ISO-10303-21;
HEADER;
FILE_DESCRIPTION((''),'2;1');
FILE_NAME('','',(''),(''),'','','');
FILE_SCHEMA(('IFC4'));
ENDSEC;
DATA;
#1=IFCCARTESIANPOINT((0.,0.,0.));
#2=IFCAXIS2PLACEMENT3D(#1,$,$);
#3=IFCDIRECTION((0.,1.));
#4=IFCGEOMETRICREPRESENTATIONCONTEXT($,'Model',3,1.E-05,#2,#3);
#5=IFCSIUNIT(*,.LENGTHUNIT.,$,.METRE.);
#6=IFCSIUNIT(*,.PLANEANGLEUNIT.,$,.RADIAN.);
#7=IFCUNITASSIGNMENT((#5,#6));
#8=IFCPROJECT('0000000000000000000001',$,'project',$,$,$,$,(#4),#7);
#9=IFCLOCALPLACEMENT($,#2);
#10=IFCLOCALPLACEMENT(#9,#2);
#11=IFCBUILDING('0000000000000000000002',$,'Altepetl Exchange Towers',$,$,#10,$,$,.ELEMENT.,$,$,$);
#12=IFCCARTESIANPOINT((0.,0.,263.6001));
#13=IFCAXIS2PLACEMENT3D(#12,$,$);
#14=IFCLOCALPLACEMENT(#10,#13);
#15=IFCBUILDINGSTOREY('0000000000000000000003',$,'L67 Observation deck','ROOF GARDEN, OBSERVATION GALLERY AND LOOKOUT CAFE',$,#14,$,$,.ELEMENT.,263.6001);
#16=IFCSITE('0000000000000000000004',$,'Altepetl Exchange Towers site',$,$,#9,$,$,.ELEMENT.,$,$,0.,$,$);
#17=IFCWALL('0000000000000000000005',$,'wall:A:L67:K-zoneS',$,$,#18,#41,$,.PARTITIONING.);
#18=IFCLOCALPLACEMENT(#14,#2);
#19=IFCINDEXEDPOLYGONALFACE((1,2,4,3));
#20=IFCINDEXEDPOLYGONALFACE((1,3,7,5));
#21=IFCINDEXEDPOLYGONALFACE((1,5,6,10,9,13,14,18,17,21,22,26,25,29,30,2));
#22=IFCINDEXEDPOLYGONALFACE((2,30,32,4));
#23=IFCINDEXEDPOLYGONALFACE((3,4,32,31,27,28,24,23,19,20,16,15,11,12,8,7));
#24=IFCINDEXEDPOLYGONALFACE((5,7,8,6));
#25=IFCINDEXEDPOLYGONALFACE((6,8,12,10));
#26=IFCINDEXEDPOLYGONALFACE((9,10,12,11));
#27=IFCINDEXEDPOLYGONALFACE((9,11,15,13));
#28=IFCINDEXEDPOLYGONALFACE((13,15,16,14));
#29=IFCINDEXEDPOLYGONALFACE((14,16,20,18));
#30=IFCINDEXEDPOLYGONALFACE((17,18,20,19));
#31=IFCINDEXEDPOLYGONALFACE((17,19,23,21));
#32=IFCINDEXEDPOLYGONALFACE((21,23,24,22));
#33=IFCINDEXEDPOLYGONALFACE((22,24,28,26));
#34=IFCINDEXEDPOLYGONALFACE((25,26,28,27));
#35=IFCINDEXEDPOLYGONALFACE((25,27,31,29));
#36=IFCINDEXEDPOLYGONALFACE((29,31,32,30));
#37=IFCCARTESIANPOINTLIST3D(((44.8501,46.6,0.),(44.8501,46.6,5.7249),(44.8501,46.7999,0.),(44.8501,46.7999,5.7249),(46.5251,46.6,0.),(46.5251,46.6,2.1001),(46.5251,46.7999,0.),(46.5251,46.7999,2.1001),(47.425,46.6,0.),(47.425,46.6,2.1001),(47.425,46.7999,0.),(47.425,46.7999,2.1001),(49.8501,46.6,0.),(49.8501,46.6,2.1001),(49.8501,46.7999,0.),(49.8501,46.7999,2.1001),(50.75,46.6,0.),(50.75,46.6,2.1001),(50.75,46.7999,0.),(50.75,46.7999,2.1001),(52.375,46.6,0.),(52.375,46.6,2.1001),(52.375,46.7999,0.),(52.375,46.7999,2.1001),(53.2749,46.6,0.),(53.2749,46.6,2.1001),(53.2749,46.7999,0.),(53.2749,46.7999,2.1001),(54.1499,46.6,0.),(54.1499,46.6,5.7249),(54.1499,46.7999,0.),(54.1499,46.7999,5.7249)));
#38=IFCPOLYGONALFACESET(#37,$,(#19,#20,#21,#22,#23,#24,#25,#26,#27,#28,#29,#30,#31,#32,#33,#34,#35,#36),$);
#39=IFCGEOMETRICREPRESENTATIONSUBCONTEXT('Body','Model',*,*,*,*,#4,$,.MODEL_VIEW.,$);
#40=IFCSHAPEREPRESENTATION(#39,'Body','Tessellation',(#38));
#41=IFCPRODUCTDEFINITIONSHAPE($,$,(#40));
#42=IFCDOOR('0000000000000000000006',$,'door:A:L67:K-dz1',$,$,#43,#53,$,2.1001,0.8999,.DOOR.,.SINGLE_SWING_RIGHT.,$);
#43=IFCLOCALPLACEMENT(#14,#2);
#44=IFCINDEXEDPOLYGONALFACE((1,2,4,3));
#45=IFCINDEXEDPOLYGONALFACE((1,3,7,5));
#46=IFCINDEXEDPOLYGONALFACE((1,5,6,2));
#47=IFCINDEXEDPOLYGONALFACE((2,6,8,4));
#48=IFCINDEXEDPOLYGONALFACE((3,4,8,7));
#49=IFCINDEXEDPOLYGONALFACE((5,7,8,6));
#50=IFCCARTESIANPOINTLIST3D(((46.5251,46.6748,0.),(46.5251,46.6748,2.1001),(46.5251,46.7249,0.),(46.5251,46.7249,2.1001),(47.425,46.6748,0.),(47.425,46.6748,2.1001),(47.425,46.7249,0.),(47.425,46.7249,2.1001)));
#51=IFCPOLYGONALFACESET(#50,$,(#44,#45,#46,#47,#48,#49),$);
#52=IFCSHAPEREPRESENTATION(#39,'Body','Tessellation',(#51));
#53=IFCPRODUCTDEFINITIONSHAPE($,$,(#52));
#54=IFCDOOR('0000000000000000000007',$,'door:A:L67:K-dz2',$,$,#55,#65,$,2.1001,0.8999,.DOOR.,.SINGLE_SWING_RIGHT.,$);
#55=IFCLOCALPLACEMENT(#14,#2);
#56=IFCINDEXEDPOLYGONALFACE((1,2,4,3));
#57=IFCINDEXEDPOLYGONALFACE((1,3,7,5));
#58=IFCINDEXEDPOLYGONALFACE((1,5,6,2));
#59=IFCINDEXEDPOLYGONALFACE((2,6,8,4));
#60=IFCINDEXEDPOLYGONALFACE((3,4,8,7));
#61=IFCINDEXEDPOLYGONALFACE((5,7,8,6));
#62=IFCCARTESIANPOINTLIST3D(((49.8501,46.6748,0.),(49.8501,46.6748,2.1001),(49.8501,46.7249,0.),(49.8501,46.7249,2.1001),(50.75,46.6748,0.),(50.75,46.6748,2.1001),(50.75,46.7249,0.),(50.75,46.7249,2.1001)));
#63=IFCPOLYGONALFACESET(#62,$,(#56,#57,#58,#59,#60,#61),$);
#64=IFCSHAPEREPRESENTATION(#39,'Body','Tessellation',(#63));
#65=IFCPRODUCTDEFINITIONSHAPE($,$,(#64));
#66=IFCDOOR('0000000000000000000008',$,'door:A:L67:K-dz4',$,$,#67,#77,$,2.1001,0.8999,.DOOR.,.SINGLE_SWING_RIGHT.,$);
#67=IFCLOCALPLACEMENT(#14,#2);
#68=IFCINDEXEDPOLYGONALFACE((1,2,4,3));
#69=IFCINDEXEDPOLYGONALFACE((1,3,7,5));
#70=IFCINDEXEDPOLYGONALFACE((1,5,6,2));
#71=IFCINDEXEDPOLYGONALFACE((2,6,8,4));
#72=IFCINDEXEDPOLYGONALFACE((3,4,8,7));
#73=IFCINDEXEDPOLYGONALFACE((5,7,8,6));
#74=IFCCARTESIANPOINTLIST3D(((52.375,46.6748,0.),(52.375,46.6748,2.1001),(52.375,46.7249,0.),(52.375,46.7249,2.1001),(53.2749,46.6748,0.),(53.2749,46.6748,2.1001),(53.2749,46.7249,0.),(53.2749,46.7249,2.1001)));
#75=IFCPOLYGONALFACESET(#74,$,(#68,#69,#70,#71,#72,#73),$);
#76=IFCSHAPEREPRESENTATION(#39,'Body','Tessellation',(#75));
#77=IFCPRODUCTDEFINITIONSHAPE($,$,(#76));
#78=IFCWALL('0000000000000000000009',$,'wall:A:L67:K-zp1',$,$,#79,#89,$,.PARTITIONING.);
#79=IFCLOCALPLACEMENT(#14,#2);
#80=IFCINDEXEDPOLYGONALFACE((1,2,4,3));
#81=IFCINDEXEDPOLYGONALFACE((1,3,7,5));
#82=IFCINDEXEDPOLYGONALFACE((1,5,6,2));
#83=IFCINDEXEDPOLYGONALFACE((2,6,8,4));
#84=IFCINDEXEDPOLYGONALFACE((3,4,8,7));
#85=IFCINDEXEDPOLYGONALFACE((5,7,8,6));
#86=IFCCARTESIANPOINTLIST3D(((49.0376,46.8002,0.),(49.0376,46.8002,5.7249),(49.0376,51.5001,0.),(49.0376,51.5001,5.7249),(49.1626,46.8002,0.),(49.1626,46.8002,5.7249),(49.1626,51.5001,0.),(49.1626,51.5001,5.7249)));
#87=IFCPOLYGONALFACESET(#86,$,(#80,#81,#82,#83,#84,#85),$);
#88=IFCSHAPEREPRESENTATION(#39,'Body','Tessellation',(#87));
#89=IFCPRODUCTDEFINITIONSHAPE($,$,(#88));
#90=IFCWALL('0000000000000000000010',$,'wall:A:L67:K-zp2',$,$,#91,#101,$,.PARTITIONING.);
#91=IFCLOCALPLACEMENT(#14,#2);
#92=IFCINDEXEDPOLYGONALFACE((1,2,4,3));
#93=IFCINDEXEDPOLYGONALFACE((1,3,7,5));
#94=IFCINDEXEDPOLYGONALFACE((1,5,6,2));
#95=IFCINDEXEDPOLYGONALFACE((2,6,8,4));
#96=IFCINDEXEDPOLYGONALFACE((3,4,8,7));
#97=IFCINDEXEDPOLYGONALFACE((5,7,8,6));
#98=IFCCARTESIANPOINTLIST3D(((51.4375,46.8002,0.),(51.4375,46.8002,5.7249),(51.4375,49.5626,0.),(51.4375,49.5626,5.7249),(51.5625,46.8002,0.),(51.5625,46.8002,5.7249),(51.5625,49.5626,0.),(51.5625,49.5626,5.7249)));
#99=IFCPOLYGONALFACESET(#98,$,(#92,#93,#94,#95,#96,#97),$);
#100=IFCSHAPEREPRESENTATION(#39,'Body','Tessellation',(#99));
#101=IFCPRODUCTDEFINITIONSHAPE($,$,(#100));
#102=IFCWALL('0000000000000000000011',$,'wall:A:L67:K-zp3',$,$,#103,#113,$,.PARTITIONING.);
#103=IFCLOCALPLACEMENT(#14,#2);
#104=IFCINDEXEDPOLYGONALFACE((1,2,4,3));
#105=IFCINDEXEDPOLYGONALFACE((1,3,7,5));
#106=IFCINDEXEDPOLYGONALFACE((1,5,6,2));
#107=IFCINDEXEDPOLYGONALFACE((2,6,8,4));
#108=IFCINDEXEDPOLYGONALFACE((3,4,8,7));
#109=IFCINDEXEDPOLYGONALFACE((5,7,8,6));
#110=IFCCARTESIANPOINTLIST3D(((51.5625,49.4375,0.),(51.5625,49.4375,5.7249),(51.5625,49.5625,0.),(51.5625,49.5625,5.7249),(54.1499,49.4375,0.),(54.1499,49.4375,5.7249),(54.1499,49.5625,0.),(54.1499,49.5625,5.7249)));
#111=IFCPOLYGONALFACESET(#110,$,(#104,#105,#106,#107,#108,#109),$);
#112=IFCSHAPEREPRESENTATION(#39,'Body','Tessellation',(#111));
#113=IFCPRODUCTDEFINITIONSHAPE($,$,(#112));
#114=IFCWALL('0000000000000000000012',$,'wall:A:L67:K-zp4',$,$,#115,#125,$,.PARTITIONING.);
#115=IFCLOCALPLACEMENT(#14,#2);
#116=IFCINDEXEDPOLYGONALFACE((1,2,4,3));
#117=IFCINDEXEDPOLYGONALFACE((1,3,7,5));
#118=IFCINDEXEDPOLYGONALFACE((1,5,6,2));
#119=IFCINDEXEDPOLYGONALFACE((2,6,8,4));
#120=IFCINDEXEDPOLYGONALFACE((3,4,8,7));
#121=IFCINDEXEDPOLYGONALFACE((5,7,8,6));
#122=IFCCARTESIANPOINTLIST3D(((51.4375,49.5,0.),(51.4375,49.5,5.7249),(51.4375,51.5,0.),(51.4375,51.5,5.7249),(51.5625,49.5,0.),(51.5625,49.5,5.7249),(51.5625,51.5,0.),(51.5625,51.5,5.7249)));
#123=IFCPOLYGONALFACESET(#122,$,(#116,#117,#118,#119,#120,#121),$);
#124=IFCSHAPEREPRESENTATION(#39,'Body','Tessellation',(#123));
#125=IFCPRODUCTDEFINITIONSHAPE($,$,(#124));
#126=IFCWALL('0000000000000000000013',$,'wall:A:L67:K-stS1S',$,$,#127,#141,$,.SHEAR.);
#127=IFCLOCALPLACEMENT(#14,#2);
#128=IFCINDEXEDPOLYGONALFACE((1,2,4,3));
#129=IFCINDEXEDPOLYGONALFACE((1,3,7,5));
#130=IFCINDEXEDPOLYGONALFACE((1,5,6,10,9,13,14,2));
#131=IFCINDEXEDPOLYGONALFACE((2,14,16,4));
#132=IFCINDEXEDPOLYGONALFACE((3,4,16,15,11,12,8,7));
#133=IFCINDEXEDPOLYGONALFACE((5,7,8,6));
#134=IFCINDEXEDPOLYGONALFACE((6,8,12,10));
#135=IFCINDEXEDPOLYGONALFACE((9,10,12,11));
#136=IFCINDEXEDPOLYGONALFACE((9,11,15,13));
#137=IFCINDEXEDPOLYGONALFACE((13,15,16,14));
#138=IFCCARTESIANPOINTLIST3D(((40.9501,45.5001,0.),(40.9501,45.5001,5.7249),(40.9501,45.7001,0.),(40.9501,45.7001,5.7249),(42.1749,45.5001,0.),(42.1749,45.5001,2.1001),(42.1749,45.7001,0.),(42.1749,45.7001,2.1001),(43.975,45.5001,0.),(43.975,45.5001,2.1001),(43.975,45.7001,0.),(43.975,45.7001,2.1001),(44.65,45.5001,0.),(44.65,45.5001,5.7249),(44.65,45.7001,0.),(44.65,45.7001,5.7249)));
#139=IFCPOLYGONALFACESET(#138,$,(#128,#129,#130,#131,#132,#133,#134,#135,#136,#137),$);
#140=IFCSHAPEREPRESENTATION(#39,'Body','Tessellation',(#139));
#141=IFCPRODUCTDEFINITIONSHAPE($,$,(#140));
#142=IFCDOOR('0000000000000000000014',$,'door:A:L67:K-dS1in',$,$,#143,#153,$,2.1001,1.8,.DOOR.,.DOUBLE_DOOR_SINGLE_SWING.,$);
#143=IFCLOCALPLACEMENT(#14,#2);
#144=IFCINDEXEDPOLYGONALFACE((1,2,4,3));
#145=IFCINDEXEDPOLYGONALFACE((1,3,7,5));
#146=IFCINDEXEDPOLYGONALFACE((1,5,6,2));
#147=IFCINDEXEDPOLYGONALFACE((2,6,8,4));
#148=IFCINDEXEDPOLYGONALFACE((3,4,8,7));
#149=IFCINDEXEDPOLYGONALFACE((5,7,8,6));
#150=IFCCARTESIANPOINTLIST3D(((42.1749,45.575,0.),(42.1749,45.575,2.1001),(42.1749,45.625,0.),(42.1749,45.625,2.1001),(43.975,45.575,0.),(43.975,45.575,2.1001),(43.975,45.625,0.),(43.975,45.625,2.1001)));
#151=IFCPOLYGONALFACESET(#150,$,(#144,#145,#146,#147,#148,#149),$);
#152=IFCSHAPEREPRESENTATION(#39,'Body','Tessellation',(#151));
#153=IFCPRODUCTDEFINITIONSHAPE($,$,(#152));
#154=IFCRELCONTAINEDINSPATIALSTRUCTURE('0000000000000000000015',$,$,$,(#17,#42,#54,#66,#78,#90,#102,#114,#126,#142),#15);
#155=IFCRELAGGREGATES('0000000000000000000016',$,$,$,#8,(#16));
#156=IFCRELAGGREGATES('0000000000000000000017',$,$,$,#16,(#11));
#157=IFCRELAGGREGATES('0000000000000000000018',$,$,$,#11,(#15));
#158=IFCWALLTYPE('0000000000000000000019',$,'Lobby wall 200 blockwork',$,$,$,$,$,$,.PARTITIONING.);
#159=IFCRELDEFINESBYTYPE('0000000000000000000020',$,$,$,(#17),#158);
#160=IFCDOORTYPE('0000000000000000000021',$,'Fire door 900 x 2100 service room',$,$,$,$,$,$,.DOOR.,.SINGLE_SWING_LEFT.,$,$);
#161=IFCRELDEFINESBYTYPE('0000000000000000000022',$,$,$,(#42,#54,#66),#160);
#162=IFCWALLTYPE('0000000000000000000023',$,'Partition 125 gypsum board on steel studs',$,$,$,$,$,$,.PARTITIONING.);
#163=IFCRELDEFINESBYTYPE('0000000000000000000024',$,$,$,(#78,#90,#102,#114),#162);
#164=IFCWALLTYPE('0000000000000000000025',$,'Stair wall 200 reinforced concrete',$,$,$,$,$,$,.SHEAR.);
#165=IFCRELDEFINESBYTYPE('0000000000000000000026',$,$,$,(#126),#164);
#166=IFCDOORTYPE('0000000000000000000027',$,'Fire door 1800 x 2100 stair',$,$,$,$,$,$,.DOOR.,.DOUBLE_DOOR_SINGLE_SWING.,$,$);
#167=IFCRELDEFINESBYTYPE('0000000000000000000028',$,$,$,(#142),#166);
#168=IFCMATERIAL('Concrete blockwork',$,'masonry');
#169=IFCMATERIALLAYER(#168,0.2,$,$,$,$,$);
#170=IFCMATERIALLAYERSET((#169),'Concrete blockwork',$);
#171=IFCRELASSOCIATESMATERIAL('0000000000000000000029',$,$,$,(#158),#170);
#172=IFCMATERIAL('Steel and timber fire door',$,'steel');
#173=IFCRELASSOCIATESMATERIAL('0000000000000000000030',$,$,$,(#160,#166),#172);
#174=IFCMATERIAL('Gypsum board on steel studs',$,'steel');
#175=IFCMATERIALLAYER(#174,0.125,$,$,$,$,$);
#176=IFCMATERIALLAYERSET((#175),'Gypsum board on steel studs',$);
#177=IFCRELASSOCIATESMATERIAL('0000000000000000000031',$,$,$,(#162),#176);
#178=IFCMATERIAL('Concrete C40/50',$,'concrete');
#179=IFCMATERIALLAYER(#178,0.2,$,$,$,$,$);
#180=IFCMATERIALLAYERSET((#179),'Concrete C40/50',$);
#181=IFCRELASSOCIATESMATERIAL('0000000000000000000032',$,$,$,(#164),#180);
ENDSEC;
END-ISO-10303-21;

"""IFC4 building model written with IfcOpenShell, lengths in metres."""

from ifc_helpers import new_model, si_unit, direction, frame, frame_2d, origin, place, context, subcontext, project, spatial, rectangle, extrude, material, layer, layer_set, type_object, element, fill, save


model = new_model("IFC4")

# Units and contexts
model_context = context("Model", 3, precision=1e-05, world=origin(), true_north=direction((0.0, 1.0)))
body_context = subcontext(model_context, "Body", "Model", "MODEL_VIEW")
ifc_project = project(units=[si_unit("LENGTHUNIT", "METRE"), si_unit("PLANEANGLEUNIT", "RADIAN")], contexts=[model_context])

# Site, building, storey
site_placement = place(None, origin())
site = spatial("IfcSite", under=ifc_project, at=site_placement, Name="Altepetl Exchange Towers site", CompositionType="ELEMENT", RefElevation=0.0)
building_placement = place(site_placement, origin())
building = spatial("IfcBuilding", under=site, at=building_placement, Name="Altepetl Exchange Towers", CompositionType="ELEMENT")
storey_placement = place(building_placement, frame((0.0, 0.0, 263.6001)))
storey = spatial("IfcBuildingStorey", under=building, at=storey_placement, Name="L67 Observation deck", Description="ROOF GARDEN, OBSERVATION GALLERY AND LOOKOUT CAFE", CompositionType="ELEMENT", Elevation=263.6001)

# Wall, openings, doors
ifc_material_1 = material(Name="Concrete blockwork", Category="masonry")
ifc_layer_1 = layer(ifc_material_1, 0.2)
ifc_layer_set_1 = layer_set([ifc_layer_1], Name="Concrete blockwork")
wall_type_1 = type_object("IfcWallType", Name="Lobby wall 200 blockwork", PredefinedType="PARTITIONING", material=ifc_layer_set_1)
wall_1_placement = place(storey_placement, frame((44.8501, 46.7, 0.0)))
wall_1 = element("IfcWall", 1, at=wall_1_placement, inside=storey, type_object=wall_type_1, Name="wall:A:L67:K-zoneS", PredefinedType="PARTITIONING", context=body_context, shape_type="SweptSolid", body=[
    extrude(rectangle(XDim=9.2998, YDim=0.2, at=frame_2d((4.6499, 0.0))), origin(), (0.0, 0.0, 1.0), 5.7249),
])
opening_1_placement = place(wall_1_placement, frame((1.675, 0.0, 0.0)))
opening_1 = element("IfcOpeningElement", 2, at=opening_1_placement, cuts=wall_1, PredefinedType="OPENING", context=body_context, shape_type="SweptSolid", body=[
    extrude(rectangle(XDim=0.8999, YDim=2.1001, at=frame_2d((0.45, 1.05))), frame((0.0, 0.1099, 0.0), z_axis=(0.0, -1.0, 0.0), x_axis=(1.0, 0.0, 0.0)), (0.0, 0.0, 1.0), 0.22),
])
opening_2_placement = place(wall_1_placement, frame((5.0, 0.0, 0.0)))
opening_2 = element("IfcOpeningElement", 3, at=opening_2_placement, cuts=wall_1, PredefinedType="OPENING", context=body_context, shape_type="SweptSolid", body=[
    extrude(rectangle(XDim=0.8999, YDim=2.1001, at=frame_2d((0.45, 1.05))), frame((0.0, 0.1099, 0.0), z_axis=(0.0, -1.0, 0.0), x_axis=(1.0, 0.0, 0.0)), (0.0, 0.0, 1.0), 0.22),
])
opening_3_placement = place(wall_1_placement, frame((7.5249, 0.0, 0.0)))
opening_3 = element("IfcOpeningElement", 4, at=opening_3_placement, cuts=wall_1, PredefinedType="OPENING", context=body_context, shape_type="SweptSolid", body=[
    extrude(rectangle(XDim=0.8999, YDim=2.1001, at=frame_2d((0.45, 1.05))), frame((0.0, 0.1099, 0.0), z_axis=(0.0, -1.0, 0.0), x_axis=(1.0, 0.0, 0.0)), (0.0, 0.0, 1.0), 0.22),
])
ifc_material_2 = material(Name="Steel and timber fire door", Category="steel")
door_type_1 = type_object("IfcDoorType", Name="Fire door 900 x 2100 service room", OperationType="SINGLE_SWING_LEFT", PredefinedType="DOOR", material=ifc_material_2)
door_1_placement = place(opening_1_placement, origin())
door_1 = element("IfcDoor", 5, at=door_1_placement, inside=storey, type_object=door_type_1, Name="door:A:L67:K-dz1", OperationType="SINGLE_SWING_RIGHT", OverallHeight=2.1001, OverallWidth=0.8999, PredefinedType="DOOR", context=body_context, shape_type="SweptSolid", body=[
    extrude(rectangle(XDim=0.8999, YDim=2.1001, at=frame_2d((0.45, 1.05))), frame((0.0, 0.0249, 0.0), z_axis=(0.0, -1.0, 0.0), x_axis=(1.0, 0.0, 0.0)), (0.0, 0.0, 1.0), 0.05),
])
fill(opening_1, door_1)
door_2_placement = place(opening_2_placement, origin())
door_2 = element("IfcDoor", 6, at=door_2_placement, inside=storey, type_object=door_type_1, Name="door:A:L67:K-dz2", OperationType="SINGLE_SWING_RIGHT", OverallHeight=2.1001, OverallWidth=0.8999, PredefinedType="DOOR", context=body_context, shape_type="SweptSolid", body=[
    extrude(rectangle(XDim=0.8999, YDim=2.1001, at=frame_2d((0.45, 1.05))), frame((0.0, 0.0249, 0.0), z_axis=(0.0, -1.0, 0.0), x_axis=(1.0, 0.0, 0.0)), (0.0, 0.0, 1.0), 0.05),
])
fill(opening_2, door_2)
door_3_placement = place(opening_3_placement, origin())
door_3 = element("IfcDoor", 7, at=door_3_placement, inside=storey, type_object=door_type_1, Name="door:A:L67:K-dz4", OperationType="SINGLE_SWING_RIGHT", OverallHeight=2.1001, OverallWidth=0.8999, PredefinedType="DOOR", context=body_context, shape_type="SweptSolid", body=[
    extrude(rectangle(XDim=0.8999, YDim=2.1001, at=frame_2d((0.45, 1.05))), frame((0.0, 0.0249, 0.0), z_axis=(0.0, -1.0, 0.0), x_axis=(1.0, 0.0, 0.0)), (0.0, 0.0, 1.0), 0.05),
])
fill(opening_3, door_3)

# Walls
ifc_material_3 = material(Name="Gypsum board on steel studs", Category="steel")
ifc_layer_2 = layer(ifc_material_3, 0.125)
ifc_layer_set_2 = layer_set([ifc_layer_2], Name="Gypsum board on steel studs")
wall_type_2 = type_object("IfcWallType", Name="Partition 125 gypsum board on steel studs", PredefinedType="PARTITIONING", material=ifc_layer_set_2)
wall_2_placement = place(storey_placement, frame((49.1001, 46.8, 0.0), z_axis=(0.0, 0.0, 1.0), x_axis=(0.0, 1.0, 0.0)))
element("IfcWall", 8, at=wall_2_placement, inside=storey, type_object=wall_type_2, Name="wall:A:L67:K-zp1", PredefinedType="PARTITIONING", context=body_context, shape_type="SweptSolid", body=[
    extrude(rectangle(XDim=4.7, YDim=0.125, at=frame_2d((2.3501, 0.0))), origin(), (0.0, 0.0, 1.0), 5.7249),
])
wall_3_placement = place(storey_placement, frame((51.5, 46.8, 0.0), z_axis=(0.0, 0.0, 1.0), x_axis=(0.0, 1.0, 0.0)))
element("IfcWall", 9, at=wall_3_placement, inside=storey, type_object=wall_type_2, Name="wall:A:L67:K-zp2", PredefinedType="PARTITIONING", context=body_context, shape_type="SweptSolid", body=[
    extrude(rectangle(XDim=2.7625, YDim=0.125, at=frame_2d((1.3813, 0.0))), origin(), (0.0, 0.0, 1.0), 5.7249),
])
wall_4_placement = place(storey_placement, frame((51.5625, 49.5, 0.0)))
element("IfcWall", 10, at=wall_4_placement, inside=storey, type_object=wall_type_2, Name="wall:A:L67:K-zp3", PredefinedType="PARTITIONING", context=body_context, shape_type="SweptSolid", body=[
    extrude(rectangle(XDim=2.5874, YDim=0.125, at=frame_2d((1.2937, 0.0))), origin(), (0.0, 0.0, 1.0), 5.7249),
])
wall_5_placement = place(storey_placement, frame((51.5, 49.5, 0.0), z_axis=(0.0, 0.0, 1.0), x_axis=(0.0, 1.0, 0.0)))
element("IfcWall", 11, at=wall_5_placement, inside=storey, type_object=wall_type_2, Name="wall:A:L67:K-zp4", PredefinedType="PARTITIONING", context=body_context, shape_type="SweptSolid", body=[
    extrude(rectangle(XDim=2.0, YDim=0.125, at=frame_2d((1.0, 0.0))), origin(), (0.0, 0.0, 1.0), 5.7249),
])

# Wall, opening, door
ifc_material_4 = material(Name="Concrete C40/50", Category="concrete")
ifc_layer_3 = layer(ifc_material_4, 0.2)
ifc_layer_set_3 = layer_set([ifc_layer_3], Name="Concrete C40/50")
wall_type_3 = type_object("IfcWallType", Name="Stair wall 200 reinforced concrete", PredefinedType="SHEAR", material=ifc_layer_set_3)
wall_6_placement = place(storey_placement, frame((40.95, 45.6001, 0.0)))
wall_6 = element("IfcWall", 12, at=wall_6_placement, inside=storey, type_object=wall_type_3, Name="wall:A:L67:K-stS1S", PredefinedType="SHEAR", context=body_context, shape_type="SweptSolid", body=[
    extrude(rectangle(XDim=3.7, YDim=0.2, at=frame_2d((1.8501, 0.0))), origin(), (0.0, 0.0, 1.0), 5.7249),
])
opening_4_placement = place(wall_6_placement, frame((1.2251, 0.0, 0.0)))
opening_4 = element("IfcOpeningElement", 13, at=opening_4_placement, cuts=wall_6, PredefinedType="OPENING", context=body_context, shape_type="SweptSolid", body=[
    extrude(rectangle(XDim=1.8, YDim=2.1001, at=frame_2d((0.8999, 1.05))), frame((0.0, 0.1099, 0.0), z_axis=(0.0, -1.0, 0.0), x_axis=(1.0, 0.0, 0.0)), (0.0, 0.0, 1.0), 0.22),
])
door_type_2 = type_object("IfcDoorType", Name="Fire door 1800 x 2100 stair", OperationType="DOUBLE_DOOR_SINGLE_SWING", PredefinedType="DOOR", material=ifc_material_2)
door_4_placement = place(opening_4_placement, origin())
door_4 = element("IfcDoor", 14, at=door_4_placement, inside=storey, type_object=door_type_2, Name="door:A:L67:K-dS1in", OperationType="DOUBLE_DOOR_SINGLE_SWING", OverallHeight=2.1001, OverallWidth=1.8, PredefinedType="DOOR", context=body_context, shape_type="SweptSolid", body=[
    extrude(rectangle(XDim=1.8, YDim=2.1001, at=frame_2d((0.8999, 1.05))), frame((0.0, 0.0249, 0.0), z_axis=(0.0, -1.0, 0.0), x_axis=(1.0, 0.0, 0.0)), (0.0, 0.0, 1.0), 0.05),
])
fill(opening_4, door_4)

save(model, "model.ifc")
